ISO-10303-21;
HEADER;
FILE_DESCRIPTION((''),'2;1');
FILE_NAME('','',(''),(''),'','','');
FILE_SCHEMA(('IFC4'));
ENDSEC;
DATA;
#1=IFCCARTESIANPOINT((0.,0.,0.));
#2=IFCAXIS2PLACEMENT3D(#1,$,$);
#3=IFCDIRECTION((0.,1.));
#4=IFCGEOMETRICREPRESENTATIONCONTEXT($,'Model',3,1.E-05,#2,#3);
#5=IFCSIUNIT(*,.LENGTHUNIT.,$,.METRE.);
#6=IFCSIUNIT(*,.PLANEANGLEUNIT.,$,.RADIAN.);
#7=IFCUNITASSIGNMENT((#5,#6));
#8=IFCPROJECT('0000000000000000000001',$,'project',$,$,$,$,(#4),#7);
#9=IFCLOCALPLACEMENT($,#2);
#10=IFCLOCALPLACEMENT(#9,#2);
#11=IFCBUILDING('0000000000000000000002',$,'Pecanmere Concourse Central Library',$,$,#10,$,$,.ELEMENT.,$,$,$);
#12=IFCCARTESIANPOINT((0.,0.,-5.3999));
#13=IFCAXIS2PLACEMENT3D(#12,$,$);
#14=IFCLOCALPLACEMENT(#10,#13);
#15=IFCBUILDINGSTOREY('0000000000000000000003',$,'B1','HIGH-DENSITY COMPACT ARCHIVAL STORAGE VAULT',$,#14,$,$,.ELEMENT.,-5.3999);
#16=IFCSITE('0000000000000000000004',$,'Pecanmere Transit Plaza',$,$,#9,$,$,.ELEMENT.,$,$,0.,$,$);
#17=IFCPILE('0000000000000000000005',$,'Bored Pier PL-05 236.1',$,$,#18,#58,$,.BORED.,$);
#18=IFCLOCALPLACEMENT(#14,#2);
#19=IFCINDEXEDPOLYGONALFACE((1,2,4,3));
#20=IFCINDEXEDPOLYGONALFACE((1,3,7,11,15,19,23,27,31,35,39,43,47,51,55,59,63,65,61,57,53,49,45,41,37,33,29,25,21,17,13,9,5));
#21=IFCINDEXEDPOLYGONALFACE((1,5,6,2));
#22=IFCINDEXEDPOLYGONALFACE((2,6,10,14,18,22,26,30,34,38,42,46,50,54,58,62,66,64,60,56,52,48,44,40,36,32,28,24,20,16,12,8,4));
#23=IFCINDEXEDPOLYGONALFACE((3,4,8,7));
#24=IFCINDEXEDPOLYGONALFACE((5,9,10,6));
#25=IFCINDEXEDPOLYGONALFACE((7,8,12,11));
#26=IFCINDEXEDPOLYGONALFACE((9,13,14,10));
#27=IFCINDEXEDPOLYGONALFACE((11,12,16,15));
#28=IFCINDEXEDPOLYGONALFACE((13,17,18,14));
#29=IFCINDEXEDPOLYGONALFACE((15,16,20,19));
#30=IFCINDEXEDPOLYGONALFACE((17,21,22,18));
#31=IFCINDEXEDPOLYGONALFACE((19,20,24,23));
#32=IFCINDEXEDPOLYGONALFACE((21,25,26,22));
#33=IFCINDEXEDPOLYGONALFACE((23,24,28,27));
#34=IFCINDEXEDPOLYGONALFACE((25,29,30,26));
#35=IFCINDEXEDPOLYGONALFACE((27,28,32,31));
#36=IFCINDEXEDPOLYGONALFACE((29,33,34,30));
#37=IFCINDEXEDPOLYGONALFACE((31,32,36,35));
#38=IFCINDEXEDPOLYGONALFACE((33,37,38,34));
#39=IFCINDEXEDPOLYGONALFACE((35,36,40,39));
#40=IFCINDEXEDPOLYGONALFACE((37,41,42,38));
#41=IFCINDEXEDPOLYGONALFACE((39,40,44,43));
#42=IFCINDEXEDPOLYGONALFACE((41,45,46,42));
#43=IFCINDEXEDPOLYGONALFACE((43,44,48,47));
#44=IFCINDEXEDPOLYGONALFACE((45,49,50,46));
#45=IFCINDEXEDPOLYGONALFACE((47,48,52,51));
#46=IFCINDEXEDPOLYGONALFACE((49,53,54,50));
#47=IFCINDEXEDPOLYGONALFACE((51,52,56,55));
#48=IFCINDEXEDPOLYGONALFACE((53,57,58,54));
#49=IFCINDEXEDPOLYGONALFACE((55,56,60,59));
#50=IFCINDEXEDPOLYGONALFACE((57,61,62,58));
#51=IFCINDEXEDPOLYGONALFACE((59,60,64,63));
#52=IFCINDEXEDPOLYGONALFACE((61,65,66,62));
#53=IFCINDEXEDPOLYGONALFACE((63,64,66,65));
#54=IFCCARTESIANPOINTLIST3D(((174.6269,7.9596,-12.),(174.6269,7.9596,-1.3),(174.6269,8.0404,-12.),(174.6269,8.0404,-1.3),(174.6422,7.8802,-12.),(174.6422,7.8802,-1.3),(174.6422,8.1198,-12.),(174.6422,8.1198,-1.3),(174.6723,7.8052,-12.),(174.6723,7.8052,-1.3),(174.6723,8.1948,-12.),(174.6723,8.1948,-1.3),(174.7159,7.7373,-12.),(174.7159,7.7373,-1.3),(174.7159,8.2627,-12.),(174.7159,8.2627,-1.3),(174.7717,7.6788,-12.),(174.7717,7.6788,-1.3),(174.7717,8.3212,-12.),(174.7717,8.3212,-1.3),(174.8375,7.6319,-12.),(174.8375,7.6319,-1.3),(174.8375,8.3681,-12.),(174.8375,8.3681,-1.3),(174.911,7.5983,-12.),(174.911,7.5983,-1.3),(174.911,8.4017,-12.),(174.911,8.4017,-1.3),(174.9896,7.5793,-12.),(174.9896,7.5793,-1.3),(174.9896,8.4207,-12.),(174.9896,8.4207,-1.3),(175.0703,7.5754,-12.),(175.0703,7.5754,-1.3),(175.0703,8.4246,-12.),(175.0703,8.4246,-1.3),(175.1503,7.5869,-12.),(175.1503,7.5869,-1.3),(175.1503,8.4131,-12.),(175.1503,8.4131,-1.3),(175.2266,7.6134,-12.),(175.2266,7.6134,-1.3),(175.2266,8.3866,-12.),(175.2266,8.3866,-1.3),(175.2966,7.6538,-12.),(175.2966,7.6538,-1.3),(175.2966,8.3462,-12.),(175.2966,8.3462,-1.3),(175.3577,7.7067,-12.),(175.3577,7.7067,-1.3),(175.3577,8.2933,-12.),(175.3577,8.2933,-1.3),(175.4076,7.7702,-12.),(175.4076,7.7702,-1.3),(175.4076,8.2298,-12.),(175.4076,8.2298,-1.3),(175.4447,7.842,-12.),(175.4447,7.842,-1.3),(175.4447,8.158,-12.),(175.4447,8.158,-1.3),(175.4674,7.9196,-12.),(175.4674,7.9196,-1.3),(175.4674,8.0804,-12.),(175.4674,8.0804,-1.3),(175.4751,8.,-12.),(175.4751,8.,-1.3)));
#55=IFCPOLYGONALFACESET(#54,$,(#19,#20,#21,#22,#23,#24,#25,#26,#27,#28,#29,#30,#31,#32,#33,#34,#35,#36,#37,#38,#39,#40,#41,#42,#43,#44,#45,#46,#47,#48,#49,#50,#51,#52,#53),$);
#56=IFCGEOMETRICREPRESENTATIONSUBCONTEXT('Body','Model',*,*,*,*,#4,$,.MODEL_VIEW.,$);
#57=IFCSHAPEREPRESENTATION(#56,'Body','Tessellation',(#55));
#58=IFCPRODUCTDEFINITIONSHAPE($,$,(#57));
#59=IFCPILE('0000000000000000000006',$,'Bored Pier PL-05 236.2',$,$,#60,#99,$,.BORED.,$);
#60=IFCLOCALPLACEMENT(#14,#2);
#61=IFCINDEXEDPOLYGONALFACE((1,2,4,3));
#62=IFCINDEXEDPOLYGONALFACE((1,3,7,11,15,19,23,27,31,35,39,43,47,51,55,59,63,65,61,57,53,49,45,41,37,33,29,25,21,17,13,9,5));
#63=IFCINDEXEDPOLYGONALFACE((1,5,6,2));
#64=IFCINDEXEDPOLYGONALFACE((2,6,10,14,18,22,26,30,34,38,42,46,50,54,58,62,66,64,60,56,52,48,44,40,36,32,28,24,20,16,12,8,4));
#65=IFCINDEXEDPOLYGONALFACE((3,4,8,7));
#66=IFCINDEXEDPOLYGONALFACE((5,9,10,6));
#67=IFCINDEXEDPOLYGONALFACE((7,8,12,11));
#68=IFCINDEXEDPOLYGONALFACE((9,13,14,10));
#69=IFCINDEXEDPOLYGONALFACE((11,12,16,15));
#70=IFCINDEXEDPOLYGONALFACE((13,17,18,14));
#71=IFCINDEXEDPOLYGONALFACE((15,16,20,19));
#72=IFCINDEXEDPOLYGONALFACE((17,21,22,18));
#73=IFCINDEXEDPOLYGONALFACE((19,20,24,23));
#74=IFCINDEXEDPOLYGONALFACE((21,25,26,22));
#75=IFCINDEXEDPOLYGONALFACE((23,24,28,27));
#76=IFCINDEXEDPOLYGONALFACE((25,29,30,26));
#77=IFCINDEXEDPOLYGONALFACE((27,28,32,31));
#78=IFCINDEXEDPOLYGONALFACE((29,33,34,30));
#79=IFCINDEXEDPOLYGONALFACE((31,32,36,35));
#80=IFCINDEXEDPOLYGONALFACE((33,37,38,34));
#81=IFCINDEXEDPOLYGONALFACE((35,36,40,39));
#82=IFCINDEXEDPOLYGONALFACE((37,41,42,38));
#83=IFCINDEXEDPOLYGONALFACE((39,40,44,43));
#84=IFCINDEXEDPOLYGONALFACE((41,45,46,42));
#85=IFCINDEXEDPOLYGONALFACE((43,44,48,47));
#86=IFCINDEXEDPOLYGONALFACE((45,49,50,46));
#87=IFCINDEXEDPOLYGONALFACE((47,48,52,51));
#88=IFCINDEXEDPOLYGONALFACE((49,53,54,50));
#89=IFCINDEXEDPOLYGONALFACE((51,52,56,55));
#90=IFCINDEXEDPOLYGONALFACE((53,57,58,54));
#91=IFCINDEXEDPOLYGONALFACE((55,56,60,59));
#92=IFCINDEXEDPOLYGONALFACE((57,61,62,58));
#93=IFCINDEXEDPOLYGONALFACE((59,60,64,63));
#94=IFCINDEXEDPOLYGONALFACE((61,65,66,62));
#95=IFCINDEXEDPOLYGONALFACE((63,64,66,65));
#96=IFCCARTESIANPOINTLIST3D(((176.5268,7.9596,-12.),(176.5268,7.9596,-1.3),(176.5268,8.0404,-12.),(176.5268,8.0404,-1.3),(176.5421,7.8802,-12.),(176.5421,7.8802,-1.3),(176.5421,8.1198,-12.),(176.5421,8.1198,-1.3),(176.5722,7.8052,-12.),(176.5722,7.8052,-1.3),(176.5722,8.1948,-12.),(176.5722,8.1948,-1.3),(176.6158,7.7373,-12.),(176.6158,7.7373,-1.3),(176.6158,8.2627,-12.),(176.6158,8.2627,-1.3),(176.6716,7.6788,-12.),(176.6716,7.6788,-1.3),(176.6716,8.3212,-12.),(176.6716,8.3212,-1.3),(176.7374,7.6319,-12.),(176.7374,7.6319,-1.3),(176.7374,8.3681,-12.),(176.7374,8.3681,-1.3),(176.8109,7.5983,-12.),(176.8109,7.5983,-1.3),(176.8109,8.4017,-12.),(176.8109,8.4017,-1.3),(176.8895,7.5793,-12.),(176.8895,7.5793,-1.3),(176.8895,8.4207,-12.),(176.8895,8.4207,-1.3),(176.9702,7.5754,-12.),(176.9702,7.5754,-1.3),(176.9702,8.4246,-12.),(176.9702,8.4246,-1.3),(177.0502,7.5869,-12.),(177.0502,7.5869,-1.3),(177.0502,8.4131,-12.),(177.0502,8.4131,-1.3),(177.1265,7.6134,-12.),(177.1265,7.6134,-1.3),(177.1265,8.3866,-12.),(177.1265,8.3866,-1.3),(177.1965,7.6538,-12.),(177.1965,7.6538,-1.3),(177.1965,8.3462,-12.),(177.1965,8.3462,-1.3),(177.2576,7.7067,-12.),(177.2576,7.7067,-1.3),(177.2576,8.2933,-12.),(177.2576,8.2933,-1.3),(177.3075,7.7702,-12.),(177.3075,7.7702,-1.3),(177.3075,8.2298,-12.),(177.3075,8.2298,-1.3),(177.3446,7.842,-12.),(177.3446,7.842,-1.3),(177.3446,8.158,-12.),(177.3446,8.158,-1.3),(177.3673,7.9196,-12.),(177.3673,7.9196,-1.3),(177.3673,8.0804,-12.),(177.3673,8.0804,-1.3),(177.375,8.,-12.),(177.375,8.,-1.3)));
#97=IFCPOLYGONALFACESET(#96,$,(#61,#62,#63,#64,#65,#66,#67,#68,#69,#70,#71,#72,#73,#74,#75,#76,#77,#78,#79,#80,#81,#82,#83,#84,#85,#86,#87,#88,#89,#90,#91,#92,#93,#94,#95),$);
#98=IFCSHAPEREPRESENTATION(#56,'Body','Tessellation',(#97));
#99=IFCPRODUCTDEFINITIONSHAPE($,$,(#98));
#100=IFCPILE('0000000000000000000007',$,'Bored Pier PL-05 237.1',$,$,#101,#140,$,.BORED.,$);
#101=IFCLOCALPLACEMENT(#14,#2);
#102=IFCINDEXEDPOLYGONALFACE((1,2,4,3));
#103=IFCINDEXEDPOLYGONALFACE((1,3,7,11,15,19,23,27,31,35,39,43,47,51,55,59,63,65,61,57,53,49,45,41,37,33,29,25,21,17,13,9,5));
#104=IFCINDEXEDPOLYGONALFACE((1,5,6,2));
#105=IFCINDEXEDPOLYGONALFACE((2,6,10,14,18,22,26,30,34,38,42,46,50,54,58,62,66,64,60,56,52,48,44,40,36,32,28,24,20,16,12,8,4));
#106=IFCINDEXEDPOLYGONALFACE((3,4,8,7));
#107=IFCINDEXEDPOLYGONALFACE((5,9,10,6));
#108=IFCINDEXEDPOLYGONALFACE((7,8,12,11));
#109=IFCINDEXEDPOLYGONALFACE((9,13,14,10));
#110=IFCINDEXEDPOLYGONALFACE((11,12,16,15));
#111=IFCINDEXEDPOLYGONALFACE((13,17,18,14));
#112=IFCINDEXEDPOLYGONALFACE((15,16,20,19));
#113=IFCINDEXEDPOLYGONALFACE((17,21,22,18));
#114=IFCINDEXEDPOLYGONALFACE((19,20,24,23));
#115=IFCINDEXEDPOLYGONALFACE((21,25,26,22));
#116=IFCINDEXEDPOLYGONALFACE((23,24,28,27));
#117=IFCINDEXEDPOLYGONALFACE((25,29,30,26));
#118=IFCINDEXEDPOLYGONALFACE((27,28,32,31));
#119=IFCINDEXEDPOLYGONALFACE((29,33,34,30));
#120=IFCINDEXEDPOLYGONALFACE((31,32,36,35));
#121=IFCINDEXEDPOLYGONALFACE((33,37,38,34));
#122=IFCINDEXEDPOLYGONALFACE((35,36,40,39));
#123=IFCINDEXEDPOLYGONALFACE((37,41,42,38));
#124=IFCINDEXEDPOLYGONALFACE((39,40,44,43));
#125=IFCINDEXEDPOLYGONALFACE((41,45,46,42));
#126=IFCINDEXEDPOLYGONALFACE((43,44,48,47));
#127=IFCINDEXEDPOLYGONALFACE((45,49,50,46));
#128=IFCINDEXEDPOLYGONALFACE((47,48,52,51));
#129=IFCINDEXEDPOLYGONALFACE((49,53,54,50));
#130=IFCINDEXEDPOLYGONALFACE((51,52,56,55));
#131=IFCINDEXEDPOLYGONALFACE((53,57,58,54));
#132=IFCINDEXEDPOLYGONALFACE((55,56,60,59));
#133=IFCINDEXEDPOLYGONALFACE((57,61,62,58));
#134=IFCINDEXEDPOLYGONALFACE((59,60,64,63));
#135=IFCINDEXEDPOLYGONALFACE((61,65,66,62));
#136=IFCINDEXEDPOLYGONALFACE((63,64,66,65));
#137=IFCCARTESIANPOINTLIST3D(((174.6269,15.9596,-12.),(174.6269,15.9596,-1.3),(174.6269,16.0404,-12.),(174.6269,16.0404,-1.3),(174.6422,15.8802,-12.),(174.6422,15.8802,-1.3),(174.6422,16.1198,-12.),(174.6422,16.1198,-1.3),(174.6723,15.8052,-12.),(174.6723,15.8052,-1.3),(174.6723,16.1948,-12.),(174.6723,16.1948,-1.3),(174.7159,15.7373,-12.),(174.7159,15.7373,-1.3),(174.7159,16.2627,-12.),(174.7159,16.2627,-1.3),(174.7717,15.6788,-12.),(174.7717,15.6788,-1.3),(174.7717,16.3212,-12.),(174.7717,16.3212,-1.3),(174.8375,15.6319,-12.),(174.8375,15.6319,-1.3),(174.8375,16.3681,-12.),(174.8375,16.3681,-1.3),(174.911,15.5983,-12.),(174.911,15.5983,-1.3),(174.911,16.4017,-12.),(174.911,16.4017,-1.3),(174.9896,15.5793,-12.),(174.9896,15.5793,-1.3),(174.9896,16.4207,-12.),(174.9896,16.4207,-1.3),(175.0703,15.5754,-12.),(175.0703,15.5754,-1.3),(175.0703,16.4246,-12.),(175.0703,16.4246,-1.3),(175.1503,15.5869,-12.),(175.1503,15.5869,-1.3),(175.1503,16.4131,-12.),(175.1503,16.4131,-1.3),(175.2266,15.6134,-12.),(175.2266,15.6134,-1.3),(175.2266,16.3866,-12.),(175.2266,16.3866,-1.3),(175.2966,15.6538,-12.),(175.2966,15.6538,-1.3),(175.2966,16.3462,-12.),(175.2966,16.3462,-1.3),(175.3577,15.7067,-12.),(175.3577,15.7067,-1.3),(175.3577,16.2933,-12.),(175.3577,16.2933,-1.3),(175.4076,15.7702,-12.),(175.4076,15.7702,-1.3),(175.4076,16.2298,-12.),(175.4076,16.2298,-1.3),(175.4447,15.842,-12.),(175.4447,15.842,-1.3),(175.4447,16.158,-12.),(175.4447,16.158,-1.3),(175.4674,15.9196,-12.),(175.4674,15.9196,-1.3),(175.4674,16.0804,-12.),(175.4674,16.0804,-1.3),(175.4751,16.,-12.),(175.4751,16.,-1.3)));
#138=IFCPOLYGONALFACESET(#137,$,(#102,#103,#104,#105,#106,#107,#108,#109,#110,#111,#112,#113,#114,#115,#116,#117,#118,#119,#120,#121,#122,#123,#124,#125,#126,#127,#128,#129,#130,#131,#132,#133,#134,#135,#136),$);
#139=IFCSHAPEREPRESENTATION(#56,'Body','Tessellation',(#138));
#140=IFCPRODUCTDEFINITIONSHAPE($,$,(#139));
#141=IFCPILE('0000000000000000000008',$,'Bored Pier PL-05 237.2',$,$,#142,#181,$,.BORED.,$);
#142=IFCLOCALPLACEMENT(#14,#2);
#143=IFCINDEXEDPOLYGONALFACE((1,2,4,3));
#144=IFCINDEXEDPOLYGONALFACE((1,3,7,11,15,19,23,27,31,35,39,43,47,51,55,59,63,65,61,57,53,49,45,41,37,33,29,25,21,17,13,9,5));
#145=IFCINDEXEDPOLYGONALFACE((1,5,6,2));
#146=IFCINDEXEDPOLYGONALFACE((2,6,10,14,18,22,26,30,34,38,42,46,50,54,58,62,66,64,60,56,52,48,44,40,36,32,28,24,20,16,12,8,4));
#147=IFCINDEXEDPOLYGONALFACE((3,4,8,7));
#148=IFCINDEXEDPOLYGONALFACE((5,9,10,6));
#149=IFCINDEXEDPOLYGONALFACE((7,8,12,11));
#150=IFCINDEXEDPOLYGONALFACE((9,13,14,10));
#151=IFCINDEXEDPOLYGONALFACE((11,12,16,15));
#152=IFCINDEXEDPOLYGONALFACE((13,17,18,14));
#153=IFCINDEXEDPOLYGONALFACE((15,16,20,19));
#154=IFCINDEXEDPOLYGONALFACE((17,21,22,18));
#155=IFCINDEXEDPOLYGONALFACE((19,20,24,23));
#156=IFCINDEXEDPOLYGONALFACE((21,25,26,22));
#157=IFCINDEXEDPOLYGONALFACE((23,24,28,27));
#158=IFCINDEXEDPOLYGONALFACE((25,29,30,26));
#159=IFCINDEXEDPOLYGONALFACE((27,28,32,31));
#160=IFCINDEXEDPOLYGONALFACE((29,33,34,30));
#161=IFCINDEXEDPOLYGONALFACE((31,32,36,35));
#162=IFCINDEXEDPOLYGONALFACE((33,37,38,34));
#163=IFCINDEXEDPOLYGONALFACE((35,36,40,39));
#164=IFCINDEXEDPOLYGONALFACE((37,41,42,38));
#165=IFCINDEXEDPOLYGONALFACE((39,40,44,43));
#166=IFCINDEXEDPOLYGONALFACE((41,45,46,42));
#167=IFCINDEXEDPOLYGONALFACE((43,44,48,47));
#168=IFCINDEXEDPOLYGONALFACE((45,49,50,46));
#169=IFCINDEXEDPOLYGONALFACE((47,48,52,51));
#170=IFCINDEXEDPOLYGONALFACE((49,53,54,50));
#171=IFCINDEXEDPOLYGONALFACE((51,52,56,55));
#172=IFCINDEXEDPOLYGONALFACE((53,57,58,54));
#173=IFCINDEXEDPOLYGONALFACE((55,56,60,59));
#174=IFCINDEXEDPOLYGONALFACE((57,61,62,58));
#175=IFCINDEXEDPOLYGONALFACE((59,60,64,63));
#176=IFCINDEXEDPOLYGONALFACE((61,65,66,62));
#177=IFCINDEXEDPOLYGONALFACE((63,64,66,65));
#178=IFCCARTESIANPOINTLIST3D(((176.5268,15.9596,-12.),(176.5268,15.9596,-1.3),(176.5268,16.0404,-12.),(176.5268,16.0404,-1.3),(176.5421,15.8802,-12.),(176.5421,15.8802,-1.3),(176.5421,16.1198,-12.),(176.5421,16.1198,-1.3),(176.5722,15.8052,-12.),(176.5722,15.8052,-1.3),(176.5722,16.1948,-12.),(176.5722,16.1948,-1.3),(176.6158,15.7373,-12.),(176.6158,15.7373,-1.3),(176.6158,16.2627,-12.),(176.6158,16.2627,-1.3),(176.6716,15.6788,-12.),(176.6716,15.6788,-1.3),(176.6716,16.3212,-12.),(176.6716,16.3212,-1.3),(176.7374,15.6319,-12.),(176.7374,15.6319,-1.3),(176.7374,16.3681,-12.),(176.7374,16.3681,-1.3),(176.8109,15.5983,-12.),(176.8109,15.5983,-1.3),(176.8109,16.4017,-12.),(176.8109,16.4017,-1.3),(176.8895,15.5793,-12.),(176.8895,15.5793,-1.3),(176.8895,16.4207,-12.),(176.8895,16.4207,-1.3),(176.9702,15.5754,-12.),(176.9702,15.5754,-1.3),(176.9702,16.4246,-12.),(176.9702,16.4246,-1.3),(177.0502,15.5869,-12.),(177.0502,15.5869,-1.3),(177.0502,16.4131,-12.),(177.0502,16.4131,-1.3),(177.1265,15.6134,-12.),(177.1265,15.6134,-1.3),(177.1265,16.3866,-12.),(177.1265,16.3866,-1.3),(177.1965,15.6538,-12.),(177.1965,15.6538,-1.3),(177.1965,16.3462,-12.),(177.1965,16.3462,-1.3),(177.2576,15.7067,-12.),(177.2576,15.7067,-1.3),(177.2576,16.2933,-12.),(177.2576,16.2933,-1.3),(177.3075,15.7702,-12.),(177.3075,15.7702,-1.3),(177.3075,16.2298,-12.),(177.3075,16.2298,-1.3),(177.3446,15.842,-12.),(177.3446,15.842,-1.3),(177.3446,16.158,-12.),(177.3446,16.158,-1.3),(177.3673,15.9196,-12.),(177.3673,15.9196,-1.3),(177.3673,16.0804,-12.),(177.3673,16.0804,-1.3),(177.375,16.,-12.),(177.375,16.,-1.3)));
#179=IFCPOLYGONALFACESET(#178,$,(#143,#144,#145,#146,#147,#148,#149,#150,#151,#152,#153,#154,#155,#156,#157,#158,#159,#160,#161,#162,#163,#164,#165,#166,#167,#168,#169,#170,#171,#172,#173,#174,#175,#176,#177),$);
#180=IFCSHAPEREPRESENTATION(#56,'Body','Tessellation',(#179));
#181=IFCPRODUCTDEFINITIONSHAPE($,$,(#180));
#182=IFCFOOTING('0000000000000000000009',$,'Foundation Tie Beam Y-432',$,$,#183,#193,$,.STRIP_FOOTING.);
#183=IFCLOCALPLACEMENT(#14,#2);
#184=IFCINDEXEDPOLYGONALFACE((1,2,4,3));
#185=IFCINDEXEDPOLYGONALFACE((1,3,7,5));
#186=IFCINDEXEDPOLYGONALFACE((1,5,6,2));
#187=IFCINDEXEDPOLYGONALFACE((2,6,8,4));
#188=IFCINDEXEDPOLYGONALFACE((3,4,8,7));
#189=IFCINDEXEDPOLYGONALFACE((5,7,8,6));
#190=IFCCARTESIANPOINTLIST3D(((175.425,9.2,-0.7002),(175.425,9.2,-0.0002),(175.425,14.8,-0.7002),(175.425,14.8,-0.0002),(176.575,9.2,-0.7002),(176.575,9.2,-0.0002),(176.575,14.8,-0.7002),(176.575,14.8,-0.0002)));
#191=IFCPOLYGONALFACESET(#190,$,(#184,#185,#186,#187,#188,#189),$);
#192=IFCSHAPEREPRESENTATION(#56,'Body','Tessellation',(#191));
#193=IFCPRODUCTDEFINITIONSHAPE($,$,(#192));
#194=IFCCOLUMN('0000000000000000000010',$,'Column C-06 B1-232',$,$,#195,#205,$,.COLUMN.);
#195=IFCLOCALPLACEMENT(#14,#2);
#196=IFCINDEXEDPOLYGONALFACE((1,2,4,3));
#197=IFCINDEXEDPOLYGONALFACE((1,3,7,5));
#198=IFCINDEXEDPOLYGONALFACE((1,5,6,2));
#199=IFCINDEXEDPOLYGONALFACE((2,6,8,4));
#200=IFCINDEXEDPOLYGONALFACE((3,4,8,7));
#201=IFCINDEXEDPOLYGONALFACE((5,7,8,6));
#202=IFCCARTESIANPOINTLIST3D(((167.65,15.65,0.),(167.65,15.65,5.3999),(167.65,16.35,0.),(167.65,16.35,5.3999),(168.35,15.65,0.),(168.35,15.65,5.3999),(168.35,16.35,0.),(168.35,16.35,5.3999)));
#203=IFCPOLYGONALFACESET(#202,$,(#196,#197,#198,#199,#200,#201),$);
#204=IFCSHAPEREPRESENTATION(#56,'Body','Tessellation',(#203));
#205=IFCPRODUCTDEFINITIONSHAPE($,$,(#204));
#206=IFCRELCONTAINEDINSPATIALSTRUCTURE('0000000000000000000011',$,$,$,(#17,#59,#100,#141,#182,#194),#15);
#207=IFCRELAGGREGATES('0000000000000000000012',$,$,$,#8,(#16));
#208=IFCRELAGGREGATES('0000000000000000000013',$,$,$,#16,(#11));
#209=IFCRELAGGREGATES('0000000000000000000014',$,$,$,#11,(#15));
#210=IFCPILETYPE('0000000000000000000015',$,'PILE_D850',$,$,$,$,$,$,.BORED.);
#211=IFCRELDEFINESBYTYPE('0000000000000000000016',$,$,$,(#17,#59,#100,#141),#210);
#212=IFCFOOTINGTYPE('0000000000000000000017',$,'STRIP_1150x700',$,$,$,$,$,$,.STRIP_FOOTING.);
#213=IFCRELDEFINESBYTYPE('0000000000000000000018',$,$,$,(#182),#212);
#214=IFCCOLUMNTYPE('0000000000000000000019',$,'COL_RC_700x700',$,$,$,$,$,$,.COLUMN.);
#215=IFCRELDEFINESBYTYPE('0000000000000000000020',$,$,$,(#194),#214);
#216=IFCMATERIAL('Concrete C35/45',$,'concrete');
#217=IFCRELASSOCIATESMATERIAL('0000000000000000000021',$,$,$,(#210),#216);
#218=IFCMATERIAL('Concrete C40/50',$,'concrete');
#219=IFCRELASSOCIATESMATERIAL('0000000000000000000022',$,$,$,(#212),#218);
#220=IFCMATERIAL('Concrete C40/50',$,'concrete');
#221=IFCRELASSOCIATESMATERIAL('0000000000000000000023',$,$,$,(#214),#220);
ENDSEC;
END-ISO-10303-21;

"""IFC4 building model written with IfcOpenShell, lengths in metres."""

from ifc_helpers import new_model, si_unit, direction, frame, origin, origin_2d, place, context, subcontext, project, spatial, rectangle, circle, extrude, material, material_profile, profile_set, type_object, element, save


model = new_model("IFC4")

# Units and contexts
model_context = context("Model", 3, precision=1e-05, world=origin(), true_north=direction((0.0, 1.0)))
body_context = subcontext(model_context, "Body", "Model", "MODEL_VIEW")
ifc_project = project(units=[si_unit("LENGTHUNIT", "METRE"), si_unit("PLANEANGLEUNIT", "RADIAN")], contexts=[model_context])

# Site, building, storey
site_placement = place(None, origin())
site = spatial("IfcSite", under=ifc_project, at=site_placement, Name="Pecanmere Transit Plaza", CompositionType="ELEMENT", RefElevation=0.0)
building_placement = place(site_placement, origin())
building = spatial("IfcBuilding", under=site, at=building_placement, Name="Pecanmere Concourse Central Library", CompositionType="ELEMENT")
storey_placement = place(building_placement, frame((0.0, 0.0, -5.3999)))
storey = spatial("IfcBuildingStorey", under=building, at=storey_placement, Name="B1", Description="HIGH-DENSITY COMPACT ARCHIVAL STORAGE VAULT", CompositionType="ELEMENT", Elevation=-5.3999)

# Piles
ifc_material_1 = material(Name="Concrete C35/45", Category="concrete")
ifc_material_profile_1 = material_profile(ifc_material_1, circle(Radius=0.425, at=origin_2d()), Name="PIER D850")
ifc_profile_set_1 = profile_set([ifc_material_profile_1], Name="Concrete C35/45")
pile_type = type_object("IfcPileType", Name="PILE_D850", PredefinedType="BORED", material=ifc_profile_set_1)
for number, where, z_axis, x_axis, name in (
    (1, (175.05, 8.0, -1.3), (0.0, 0.0, -1.0), (1.0, 0.0, 0.0), "Bored Pier PL-05 236.1"),
    (2, (176.95, 8.0, -1.3), (0.0, 0.0, -1.0), (1.0, 0.0, 0.0), "Bored Pier PL-05 236.2"),
    (3, (175.05, 16.0, -1.3), (0.0, 0.0, -1.0), (1.0, 0.0, 0.0), "Bored Pier PL-05 237.1"),
    (4, (176.95, 16.0, -1.3), (0.0, 0.0, -1.0), (1.0, 0.0, 0.0), "Bored Pier PL-05 237.2"),
):
    element("IfcPile", number, at=place(storey_placement, frame(where, z_axis=z_axis, x_axis=x_axis)), inside=storey, type_object=pile_type, Name=name, PredefinedType="BORED", context=body_context, shape_type="SweptSolid", body=[
        extrude(circle(Radius=0.425, at=origin_2d()), origin(), (0.0, 0.0, 1.0), 10.7),
    ])

# Footing
ifc_material_2 = material(Name="Concrete C40/50", Category="concrete")
ifc_material_profile_2 = material_profile(ifc_material_2, rectangle(XDim=1.1499, YDim=0.7, at=origin_2d()), Name="RC 1150x700")
ifc_profile_set_2 = profile_set([ifc_material_profile_2], Name="Concrete C40/50")
footing_type_1 = type_object("IfcFootingType", Name="STRIP_1150x700", PredefinedType="STRIP_FOOTING", material=ifc_profile_set_2)
footing_1_placement = place(storey_placement, frame((176.0, 12.0, -0.7002), z_axis=(0.0, 0.0, 1.0), x_axis=(0.0, 1.0, 0.0)))
element("IfcFooting", 5, at=footing_1_placement, inside=storey, type_object=footing_type_1, Name="Foundation Tie Beam Y-432", PredefinedType="STRIP_FOOTING", context=body_context, shape_type="SweptSolid", body=[
    extrude(rectangle(XDim=5.6001, YDim=1.1499, at=origin_2d()), origin(), (0.0, 0.0, 1.0), 0.7),
])

# Column
ifc_material_3 = material(Name="Concrete C40/50", Category="concrete")
ifc_material_profile_3 = material_profile(ifc_material_3, rectangle(XDim=0.7, YDim=0.7, at=origin_2d()), Name="RC 700x700")
ifc_profile_set_3 = profile_set([ifc_material_profile_3], Name="Concrete C40/50")
column_type = type_object("IfcColumnType", Name="COL_RC_700x700", PredefinedType="COLUMN", material=ifc_profile_set_3)
for number, where, z_axis, x_axis, name in (
    (6, (168.0, 16.0, 0.0), (0.0, 0.0, 1.0), (1.0, 0.0, 0.0), "Column C-06 B1-232"),
):
    element("IfcColumn", number, at=place(storey_placement, frame(where, z_axis=z_axis, x_axis=x_axis)), inside=storey, type_object=column_type, Name=name, PredefinedType="COLUMN", context=body_context, shape_type="SweptSolid", body=[
        extrude(rectangle(XDim=0.7, YDim=0.7, at=origin_2d()), origin(), (0.0, 0.0, 1.0), 5.3999),
    ])

save(model, "model.ifc")
